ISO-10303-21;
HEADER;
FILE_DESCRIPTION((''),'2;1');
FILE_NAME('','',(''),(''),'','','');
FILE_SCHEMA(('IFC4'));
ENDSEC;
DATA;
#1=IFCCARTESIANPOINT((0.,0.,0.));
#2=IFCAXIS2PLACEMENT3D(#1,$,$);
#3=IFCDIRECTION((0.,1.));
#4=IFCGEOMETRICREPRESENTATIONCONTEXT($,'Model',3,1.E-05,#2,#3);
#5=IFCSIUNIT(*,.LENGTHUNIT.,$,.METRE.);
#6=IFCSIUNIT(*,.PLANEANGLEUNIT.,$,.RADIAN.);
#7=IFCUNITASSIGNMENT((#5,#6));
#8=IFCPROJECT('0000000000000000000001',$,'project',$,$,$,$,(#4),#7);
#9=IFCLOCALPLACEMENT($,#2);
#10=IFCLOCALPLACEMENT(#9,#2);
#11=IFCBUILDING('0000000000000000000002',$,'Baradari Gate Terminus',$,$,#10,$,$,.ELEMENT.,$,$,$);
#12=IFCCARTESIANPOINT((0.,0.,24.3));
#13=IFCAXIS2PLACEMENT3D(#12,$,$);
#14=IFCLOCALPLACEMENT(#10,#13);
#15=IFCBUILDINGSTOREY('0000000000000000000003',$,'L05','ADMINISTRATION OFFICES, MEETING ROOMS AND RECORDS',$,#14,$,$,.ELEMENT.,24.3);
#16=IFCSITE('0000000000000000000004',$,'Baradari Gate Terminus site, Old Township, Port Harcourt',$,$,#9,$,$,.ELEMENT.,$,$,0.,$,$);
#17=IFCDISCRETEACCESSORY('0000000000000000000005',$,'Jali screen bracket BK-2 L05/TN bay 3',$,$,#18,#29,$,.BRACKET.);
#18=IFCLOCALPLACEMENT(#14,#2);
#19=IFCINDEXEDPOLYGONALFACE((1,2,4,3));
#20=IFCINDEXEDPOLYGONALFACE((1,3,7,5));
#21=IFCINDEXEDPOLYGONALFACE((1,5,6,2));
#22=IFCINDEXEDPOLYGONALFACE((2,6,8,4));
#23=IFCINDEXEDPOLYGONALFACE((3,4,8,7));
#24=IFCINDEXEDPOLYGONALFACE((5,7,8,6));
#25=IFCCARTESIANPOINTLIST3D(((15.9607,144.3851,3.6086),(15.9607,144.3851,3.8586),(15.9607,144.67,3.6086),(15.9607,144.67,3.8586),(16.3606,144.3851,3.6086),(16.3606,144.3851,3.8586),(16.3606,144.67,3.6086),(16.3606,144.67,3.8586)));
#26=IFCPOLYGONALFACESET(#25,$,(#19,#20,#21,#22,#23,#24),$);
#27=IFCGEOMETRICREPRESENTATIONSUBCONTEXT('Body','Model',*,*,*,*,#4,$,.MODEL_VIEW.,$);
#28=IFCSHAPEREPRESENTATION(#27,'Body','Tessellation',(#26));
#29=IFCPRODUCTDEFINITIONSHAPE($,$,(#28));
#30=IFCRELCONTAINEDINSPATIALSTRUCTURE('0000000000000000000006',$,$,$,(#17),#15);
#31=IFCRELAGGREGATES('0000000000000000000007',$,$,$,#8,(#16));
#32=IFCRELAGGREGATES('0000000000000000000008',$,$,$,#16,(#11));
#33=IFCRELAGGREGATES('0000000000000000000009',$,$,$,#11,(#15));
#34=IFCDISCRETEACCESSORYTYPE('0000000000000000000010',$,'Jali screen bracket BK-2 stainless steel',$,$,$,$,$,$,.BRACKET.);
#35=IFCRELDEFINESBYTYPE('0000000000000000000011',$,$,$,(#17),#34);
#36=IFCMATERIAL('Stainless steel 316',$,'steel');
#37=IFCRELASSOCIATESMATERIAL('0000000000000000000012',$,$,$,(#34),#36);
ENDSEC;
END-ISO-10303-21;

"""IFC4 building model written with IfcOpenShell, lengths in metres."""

from ifc_helpers import new_model, si_unit, direction, frame, origin, origin_2d, place, context, subcontext, project, spatial, rectangle, extrude, material, type_object, element, save


model = new_model("IFC4")

# Units and contexts
model_context = context("Model", 3, precision=1e-05, world=origin(), true_north=direction((0.0, 1.0)))
body_context = subcontext(model_context, "Body", "Model", "MODEL_VIEW")
ifc_project = project(units=[si_unit("LENGTHUNIT", "METRE"), si_unit("PLANEANGLEUNIT", "RADIAN")], contexts=[model_context])

# Site, building, storey
site_placement = place(None, origin())
site = spatial("IfcSite", under=ifc_project, at=site_placement, Name="Baradari Gate Terminus site, Old Township, Port Harcourt", CompositionType="ELEMENT", RefElevation=0.0)
building_placement = place(site_placement, origin())
building = spatial("IfcBuilding", under=site, at=building_placement, Name="Baradari Gate Terminus", CompositionType="ELEMENT")
storey_placement = place(building_placement, frame((0.0, 0.0, 24.3)))
storey = spatial("IfcBuildingStorey", under=building, at=storey_placement, Name="L05", Description="ADMINISTRATION OFFICES, MEETING ROOMS AND RECORDS", CompositionType="ELEMENT", Elevation=24.3)

# Discrete accessory
ifc_material_1 = material(Name="Stainless steel 316", Category="steel")
discrete_accessory_type_1 = type_object("IfcDiscreteAccessoryType", Name="Jali screen bracket BK-2 stainless steel", PredefinedType="BRACKET", material=ifc_material_1)
for number, where, z_axis, x_axis, name in (
    (1, (16.1606, 144.5276, 3.6086), (0.0, 0.0, 1.0), (0.0, 1.0, 0.0), "Jali screen bracket BK-2 L05/TN bay 3"),
):
    element("IfcDiscreteAccessory", number, at=place(storey_placement, frame(where, z_axis=z_axis, x_axis=x_axis)), inside=storey, type_object=discrete_accessory_type_1, Name=name, PredefinedType="BRACKET", context=body_context, shape_type="SweptSolid", body=[
        extrude(rectangle(XDim=0.2849, YDim=0.3999, at=origin_2d()), origin(), (0.0, 0.0, 1.0), 0.25),
    ])

save(model, "model.ifc")
